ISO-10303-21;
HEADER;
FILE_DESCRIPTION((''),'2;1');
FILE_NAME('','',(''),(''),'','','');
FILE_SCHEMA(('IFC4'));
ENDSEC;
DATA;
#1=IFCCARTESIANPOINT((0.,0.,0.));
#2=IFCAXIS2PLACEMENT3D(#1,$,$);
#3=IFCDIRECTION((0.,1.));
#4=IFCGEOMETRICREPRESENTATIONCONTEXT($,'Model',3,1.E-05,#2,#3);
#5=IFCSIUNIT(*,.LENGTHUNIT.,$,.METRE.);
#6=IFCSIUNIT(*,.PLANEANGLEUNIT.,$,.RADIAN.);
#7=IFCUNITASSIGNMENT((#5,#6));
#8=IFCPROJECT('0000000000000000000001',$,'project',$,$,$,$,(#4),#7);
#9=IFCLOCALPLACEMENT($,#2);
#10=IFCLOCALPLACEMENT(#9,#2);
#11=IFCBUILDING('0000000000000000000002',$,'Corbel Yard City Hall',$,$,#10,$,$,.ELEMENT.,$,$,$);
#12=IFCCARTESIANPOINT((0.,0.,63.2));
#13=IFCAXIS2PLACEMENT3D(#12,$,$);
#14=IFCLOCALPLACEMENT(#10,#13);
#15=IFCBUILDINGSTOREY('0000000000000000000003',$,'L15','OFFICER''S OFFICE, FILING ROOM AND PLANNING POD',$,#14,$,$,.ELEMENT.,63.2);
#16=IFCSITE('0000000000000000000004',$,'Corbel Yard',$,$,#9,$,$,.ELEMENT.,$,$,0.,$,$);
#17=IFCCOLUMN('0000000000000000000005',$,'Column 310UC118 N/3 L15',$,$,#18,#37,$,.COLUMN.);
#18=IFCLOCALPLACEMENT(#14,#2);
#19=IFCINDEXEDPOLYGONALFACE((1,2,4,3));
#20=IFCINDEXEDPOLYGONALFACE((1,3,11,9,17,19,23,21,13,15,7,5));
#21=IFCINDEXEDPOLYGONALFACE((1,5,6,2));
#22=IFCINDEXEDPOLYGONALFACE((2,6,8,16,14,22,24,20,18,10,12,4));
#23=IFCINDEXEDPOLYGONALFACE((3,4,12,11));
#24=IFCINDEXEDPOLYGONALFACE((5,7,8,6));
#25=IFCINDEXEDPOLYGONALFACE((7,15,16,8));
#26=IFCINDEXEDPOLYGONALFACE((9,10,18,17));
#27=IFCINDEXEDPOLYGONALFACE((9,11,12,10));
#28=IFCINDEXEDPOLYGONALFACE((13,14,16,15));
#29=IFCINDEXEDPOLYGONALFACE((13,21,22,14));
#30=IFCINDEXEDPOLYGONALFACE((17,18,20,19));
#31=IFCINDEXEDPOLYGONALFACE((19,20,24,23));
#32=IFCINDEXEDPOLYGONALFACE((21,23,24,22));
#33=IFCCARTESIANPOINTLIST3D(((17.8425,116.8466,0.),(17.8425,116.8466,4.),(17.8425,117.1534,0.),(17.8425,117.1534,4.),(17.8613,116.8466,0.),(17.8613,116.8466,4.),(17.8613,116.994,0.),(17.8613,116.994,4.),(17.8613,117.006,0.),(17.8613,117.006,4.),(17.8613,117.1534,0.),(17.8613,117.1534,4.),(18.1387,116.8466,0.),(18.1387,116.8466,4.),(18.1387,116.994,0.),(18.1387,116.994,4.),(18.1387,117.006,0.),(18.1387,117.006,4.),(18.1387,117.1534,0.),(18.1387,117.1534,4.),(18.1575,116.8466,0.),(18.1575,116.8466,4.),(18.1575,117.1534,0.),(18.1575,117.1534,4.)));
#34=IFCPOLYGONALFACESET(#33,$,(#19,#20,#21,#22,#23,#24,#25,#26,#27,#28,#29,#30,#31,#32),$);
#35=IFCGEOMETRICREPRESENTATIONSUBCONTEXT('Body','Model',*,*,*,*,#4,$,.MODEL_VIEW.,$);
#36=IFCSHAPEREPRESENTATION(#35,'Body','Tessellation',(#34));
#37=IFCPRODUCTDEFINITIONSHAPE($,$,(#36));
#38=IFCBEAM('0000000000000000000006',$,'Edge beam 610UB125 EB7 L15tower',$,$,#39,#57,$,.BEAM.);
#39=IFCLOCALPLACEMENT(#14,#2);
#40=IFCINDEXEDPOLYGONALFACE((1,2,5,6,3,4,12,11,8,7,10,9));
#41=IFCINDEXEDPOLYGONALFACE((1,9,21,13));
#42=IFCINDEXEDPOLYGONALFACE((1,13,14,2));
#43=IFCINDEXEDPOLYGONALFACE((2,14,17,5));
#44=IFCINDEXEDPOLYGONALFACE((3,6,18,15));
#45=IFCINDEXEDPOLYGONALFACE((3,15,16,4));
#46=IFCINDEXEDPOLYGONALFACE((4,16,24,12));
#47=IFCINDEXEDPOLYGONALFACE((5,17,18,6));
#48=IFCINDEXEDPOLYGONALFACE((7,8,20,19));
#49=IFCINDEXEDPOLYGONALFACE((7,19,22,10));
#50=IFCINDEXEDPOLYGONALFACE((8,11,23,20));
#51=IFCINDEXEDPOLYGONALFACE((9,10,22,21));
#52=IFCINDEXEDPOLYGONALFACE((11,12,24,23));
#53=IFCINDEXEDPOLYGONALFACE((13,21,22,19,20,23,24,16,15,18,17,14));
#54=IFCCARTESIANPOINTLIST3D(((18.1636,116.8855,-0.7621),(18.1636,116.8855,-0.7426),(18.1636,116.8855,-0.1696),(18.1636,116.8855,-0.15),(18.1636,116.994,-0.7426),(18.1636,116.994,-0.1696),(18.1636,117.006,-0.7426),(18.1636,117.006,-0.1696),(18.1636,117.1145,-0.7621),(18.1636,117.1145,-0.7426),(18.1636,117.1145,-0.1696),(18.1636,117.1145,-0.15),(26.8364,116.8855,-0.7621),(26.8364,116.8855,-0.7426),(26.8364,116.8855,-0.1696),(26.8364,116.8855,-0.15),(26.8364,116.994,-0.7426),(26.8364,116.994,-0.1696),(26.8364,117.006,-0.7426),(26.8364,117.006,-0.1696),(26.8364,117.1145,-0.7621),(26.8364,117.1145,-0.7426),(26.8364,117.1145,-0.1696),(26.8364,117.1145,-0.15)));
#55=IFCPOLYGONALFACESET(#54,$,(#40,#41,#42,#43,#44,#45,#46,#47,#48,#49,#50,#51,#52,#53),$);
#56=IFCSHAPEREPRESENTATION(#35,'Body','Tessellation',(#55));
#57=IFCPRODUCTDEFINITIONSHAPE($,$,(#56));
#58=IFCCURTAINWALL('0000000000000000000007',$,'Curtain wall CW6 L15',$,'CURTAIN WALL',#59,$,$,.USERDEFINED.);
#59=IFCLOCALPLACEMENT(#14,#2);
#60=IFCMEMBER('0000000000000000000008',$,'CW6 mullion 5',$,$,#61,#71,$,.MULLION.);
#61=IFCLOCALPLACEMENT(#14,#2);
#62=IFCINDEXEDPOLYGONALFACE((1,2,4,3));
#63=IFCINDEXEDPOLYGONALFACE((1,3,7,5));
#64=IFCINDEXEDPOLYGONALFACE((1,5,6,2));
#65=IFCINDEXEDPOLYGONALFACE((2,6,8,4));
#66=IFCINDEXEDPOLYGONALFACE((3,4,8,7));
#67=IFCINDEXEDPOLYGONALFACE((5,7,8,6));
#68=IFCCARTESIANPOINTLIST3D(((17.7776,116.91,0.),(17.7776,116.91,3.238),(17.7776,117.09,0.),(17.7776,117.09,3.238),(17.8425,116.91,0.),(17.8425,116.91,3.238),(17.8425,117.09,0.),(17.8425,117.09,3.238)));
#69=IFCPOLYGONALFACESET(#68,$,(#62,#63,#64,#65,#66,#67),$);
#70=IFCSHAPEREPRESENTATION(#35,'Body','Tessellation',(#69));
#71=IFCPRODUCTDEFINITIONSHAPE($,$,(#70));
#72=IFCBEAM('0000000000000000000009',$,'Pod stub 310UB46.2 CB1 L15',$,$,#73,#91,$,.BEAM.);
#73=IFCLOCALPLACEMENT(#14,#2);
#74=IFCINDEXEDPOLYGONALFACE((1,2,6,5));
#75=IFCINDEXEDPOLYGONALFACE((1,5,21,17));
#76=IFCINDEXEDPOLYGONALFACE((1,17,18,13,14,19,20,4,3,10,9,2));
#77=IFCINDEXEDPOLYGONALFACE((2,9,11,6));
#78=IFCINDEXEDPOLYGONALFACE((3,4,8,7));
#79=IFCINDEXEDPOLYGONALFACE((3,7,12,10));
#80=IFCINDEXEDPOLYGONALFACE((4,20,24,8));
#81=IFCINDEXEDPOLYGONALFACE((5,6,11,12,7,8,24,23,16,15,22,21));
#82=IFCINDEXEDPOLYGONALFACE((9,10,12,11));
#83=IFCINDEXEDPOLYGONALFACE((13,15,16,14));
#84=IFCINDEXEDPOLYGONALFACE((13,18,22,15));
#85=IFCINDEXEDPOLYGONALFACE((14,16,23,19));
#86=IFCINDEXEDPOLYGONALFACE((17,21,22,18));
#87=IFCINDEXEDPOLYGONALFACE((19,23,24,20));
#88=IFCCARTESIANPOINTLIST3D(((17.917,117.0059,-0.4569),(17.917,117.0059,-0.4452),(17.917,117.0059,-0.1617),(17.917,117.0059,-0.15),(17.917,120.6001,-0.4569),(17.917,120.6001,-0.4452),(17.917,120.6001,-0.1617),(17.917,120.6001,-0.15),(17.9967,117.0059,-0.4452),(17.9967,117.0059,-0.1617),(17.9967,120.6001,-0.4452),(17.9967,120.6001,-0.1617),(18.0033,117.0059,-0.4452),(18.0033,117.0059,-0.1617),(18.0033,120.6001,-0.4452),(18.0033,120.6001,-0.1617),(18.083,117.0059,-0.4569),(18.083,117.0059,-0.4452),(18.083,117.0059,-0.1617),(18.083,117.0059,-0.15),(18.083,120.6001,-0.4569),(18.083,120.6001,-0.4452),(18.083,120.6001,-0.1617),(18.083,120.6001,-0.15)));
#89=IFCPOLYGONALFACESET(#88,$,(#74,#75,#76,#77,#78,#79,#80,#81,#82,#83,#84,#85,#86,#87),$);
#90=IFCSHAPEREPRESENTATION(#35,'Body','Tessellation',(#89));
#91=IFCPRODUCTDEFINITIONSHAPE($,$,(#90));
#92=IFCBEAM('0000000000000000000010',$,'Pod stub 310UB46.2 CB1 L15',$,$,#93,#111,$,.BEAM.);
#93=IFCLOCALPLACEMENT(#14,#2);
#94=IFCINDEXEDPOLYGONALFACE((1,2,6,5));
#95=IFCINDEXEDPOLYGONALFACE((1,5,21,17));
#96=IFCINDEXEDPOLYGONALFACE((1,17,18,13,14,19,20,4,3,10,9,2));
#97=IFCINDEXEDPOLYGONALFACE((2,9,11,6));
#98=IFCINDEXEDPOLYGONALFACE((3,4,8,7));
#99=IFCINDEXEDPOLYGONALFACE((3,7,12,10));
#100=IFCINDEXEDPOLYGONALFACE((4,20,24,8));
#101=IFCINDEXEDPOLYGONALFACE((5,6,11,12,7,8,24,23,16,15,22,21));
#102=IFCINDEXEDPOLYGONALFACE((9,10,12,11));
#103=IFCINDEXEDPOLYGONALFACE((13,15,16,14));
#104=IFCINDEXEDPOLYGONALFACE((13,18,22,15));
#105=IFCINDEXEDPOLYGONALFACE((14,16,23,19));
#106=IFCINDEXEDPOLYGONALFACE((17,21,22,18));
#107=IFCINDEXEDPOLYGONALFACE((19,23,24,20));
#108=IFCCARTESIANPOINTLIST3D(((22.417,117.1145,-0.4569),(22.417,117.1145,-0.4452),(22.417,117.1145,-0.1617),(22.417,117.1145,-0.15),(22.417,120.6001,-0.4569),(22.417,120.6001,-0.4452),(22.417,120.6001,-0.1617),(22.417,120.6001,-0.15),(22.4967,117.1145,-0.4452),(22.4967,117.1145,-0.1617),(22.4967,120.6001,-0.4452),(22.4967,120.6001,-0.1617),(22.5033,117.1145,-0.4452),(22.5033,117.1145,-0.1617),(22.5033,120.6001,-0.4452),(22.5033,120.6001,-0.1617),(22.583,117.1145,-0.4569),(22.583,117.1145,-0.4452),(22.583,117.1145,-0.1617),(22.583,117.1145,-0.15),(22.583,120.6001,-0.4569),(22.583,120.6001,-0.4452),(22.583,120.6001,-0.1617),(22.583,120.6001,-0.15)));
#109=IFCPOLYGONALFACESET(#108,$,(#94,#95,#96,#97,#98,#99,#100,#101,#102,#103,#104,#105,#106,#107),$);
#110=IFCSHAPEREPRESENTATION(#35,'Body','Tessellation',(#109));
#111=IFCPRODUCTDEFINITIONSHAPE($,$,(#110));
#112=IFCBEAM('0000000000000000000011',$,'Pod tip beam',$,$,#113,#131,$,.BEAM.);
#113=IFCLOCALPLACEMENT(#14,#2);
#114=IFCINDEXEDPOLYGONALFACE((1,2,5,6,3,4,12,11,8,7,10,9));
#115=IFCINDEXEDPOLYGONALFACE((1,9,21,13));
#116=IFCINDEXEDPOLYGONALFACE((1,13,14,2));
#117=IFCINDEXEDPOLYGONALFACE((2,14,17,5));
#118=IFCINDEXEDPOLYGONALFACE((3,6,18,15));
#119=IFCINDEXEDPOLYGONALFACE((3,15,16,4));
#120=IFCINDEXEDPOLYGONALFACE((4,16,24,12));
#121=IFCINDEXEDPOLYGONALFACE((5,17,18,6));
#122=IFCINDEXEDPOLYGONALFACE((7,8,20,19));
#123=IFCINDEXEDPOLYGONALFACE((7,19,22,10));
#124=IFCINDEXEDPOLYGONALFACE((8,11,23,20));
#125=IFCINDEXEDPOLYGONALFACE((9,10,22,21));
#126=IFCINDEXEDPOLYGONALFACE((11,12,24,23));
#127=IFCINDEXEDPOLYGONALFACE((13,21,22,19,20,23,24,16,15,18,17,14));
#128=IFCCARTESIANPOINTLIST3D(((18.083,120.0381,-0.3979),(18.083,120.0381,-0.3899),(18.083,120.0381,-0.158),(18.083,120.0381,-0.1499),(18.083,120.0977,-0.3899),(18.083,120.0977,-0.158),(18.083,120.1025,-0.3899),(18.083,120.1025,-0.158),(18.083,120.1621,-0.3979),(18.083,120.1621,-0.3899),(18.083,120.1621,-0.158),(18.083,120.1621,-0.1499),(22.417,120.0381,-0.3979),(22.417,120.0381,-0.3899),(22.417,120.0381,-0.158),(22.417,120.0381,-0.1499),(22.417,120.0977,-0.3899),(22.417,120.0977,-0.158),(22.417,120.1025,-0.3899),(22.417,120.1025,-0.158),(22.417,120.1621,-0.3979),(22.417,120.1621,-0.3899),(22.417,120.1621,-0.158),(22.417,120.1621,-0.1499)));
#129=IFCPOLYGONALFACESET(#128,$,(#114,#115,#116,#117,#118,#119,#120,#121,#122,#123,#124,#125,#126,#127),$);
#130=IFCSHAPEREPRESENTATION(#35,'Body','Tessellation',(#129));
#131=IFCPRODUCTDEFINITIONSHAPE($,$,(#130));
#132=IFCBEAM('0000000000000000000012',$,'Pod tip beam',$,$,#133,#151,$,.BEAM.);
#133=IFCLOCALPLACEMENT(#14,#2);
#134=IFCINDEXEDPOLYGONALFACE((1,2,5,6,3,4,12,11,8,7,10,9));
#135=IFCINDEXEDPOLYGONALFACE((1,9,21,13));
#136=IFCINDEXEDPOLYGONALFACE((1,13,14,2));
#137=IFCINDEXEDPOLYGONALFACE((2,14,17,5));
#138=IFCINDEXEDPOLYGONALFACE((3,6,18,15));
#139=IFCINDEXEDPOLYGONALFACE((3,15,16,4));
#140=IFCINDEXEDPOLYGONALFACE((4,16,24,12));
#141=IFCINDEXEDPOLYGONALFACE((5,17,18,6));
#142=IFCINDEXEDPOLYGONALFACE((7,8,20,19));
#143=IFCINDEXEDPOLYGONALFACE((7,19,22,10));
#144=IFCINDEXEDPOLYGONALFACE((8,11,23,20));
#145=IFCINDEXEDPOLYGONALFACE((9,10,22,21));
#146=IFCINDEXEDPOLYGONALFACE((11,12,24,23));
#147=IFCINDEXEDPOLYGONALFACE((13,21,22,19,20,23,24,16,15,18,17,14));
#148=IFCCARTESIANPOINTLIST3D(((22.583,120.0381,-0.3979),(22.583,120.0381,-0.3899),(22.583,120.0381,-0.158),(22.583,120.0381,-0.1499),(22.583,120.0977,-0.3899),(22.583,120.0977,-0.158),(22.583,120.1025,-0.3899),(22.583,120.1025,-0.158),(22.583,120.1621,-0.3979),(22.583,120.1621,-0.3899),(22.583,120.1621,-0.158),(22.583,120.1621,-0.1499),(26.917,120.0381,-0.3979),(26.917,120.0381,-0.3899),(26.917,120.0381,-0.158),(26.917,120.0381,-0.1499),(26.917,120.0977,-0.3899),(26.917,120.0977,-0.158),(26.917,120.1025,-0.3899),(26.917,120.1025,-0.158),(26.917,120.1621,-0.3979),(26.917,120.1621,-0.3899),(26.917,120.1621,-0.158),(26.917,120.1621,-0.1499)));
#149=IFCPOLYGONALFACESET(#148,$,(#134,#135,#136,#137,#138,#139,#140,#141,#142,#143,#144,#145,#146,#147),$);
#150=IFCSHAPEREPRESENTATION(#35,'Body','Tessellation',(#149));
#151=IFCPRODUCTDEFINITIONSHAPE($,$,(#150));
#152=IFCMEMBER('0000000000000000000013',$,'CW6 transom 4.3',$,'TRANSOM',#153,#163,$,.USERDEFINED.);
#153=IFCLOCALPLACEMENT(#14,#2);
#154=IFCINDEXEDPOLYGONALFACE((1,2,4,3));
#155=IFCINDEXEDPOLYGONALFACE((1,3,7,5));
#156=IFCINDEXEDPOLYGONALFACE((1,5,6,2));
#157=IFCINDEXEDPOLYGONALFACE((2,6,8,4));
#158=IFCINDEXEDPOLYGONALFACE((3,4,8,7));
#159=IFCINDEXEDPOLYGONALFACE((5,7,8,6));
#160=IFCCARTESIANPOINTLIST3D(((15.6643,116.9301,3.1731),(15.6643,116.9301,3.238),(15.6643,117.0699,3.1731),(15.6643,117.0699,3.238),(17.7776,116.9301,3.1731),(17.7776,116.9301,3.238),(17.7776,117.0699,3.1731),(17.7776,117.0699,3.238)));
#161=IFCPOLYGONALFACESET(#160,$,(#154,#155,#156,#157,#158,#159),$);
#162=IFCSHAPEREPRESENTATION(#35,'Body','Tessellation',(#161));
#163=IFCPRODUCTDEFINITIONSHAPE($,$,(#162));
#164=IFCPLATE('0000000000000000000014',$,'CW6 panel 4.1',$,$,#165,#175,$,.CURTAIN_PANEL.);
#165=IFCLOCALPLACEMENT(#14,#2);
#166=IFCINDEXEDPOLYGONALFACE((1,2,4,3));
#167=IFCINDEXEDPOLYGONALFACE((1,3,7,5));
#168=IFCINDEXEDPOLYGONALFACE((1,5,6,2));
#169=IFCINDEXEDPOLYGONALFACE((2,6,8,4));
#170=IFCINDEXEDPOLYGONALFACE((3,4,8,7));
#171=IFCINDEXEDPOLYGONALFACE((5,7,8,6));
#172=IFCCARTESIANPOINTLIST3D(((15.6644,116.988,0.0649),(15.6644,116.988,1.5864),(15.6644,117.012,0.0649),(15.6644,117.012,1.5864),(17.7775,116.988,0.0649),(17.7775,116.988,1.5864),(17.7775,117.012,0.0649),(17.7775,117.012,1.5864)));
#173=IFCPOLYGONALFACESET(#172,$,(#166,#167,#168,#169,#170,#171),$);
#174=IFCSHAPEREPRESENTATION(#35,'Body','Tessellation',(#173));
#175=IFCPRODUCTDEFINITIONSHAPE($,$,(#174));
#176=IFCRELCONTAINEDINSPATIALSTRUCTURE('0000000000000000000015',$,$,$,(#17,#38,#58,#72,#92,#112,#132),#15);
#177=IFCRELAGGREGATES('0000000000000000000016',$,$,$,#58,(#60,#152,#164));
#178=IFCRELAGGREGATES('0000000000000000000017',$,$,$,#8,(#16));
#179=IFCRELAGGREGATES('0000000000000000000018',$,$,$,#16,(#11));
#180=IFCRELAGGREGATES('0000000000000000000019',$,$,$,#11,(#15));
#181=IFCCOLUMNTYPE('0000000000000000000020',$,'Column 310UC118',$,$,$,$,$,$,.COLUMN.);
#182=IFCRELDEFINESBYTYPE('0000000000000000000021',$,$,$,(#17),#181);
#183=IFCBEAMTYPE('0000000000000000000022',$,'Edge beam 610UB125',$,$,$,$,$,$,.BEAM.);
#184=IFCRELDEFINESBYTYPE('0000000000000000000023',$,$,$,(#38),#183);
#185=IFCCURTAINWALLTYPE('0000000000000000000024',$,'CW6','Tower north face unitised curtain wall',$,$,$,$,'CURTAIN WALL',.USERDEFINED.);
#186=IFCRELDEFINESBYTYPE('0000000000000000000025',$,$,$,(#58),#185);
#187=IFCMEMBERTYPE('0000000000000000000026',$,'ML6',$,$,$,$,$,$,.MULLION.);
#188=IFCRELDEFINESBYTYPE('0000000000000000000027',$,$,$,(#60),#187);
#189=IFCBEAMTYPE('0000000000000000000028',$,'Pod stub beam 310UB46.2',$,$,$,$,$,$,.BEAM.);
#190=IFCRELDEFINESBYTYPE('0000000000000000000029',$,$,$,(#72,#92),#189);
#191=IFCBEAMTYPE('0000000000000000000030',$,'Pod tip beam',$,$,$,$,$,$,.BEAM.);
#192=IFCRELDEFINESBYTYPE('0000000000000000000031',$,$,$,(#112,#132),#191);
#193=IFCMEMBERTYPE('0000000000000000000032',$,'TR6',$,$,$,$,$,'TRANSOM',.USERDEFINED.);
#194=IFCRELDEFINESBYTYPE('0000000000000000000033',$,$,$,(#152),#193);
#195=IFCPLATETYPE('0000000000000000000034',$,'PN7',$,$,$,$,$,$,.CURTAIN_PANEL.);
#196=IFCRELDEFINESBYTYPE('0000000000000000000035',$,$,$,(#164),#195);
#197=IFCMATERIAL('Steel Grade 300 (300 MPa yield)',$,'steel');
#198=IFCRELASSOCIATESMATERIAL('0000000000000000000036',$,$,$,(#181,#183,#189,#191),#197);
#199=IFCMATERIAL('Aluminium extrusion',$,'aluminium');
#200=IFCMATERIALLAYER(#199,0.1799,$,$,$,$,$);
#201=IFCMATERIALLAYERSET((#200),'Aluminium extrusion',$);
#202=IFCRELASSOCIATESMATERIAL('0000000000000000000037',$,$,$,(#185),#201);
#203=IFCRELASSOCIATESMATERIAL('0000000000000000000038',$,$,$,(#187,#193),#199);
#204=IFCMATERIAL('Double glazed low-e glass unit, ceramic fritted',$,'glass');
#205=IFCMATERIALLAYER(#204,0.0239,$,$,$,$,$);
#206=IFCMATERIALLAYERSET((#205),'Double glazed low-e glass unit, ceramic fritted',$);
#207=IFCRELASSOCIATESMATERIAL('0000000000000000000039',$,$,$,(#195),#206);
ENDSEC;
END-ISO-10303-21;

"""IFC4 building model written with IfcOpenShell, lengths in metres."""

from ifc_helpers import new_model, si_unit, direction, frame, origin, origin_2d, place, context, subcontext, project, spatial, rectangle, i_section, extrude, material, layer, layer_set, material_profile, profile_set, type_object, element, aggregate, save


model = new_model("IFC4")

# Units and contexts
model_context = context("Model", 3, precision=1e-05, world=origin(), true_north=direction((0.0, 1.0)))
body_context = subcontext(model_context, "Body", "Model", "MODEL_VIEW")
ifc_project = project(units=[si_unit("LENGTHUNIT", "METRE"), si_unit("PLANEANGLEUNIT", "RADIAN")], contexts=[model_context])

# Site, building, storey
site_placement = place(None, origin())
site = spatial("IfcSite", under=ifc_project, at=site_placement, Name="Corbel Yard", CompositionType="ELEMENT", RefElevation=0.0)
building_placement = place(site_placement, origin())
building = spatial("IfcBuilding", under=site, at=building_placement, Name="Corbel Yard City Hall", CompositionType="ELEMENT")
storey_placement = place(building_placement, frame((0.0, 0.0, 63.2)))
storey = spatial("IfcBuildingStorey", under=building, at=storey_placement, Name="L15", Description="OFFICER'S OFFICE, FILING ROOM AND PLANNING POD", CompositionType="ELEMENT", Elevation=63.2)

# Column
ifc_material_1 = material(Name="Steel Grade 300 (300 MPa yield)", Category="steel")
ifc_material_profile_1 = material_profile(ifc_material_1, i_section(OverallWidth=0.3069, OverallDepth=0.3149, WebThickness=0.012, FlangeThickness=0.0188, at=origin_2d()), Name="310UC118")
ifc_profile_set_1 = profile_set([ifc_material_profile_1], Name="Steel Grade 300 (300 MPa yield)")
column_type = type_object("IfcColumnType", Name="Column 310UC118", PredefinedType="COLUMN", material=ifc_profile_set_1)
column_placement = place(storey_placement, frame((18.0, 117.0, 0.0), z_axis=(0.0, 0.0, 1.0), x_axis=(0.0, 1.0, 0.0)))
element("IfcColumn", 1, at=column_placement, inside=storey, type_object=column_type, Name="Column 310UC118 N/3 L15", PredefinedType="COLUMN", context=body_context, shape_type="SweptSolid", body=[
    extrude(i_section(OverallWidth=0.3069, OverallDepth=0.3149, WebThickness=0.012, FlangeThickness=0.0188, at=origin_2d()), origin(), (0.0, 0.0, 1.0), 4.0),
])

# Beam
ifc_material_profile_2 = material_profile(ifc_material_1, i_section(OverallWidth=0.229, OverallDepth=0.6121, WebThickness=0.012, FlangeThickness=0.0195, at=origin_2d()), Name="610UB125")
ifc_profile_set_2 = profile_set([ifc_material_profile_2], Name="Steel Grade 300 (300 MPa yield)")
beam_type_1 = type_object("IfcBeamType", Name="Edge beam 610UB125", PredefinedType="BEAM", material=ifc_profile_set_2)
beam_1_placement = place(storey_placement, frame((18.1636, 117.0, -0.4561), z_axis=(1.0, 0.0, 0.0), x_axis=(0.0, 1.0, 0.0)))
element("IfcBeam", 2, at=beam_1_placement, inside=storey, type_object=beam_type_1, Name="Edge beam 610UB125 EB7 L15tower", PredefinedType="BEAM", context=body_context, shape_type="SweptSolid", body=[
    extrude(i_section(OverallWidth=0.229, OverallDepth=0.6121, WebThickness=0.012, FlangeThickness=0.0195, at=origin_2d()), origin(), (0.0, 0.0, 1.0), 8.6729),
])

# Curtain wall, member
ifc_material_2 = material(Name="Aluminium extrusion", Category="aluminium")
ifc_layer_1 = layer(ifc_material_2, 0.1799)
ifc_layer_set_1 = layer_set([ifc_layer_1], Name="Aluminium extrusion")
curtain_wall_type = type_object("IfcCurtainWallType", Name="CW6", Description="Tower north face unitised curtain wall", ElementType="CURTAIN WALL", PredefinedType="USERDEFINED", material=ifc_layer_set_1)
curtain_wall_placement = place(storey_placement, origin())
curtain_wall = element("IfcCurtainWall", 3, at=curtain_wall_placement, inside=storey, type_object=curtain_wall_type, Name="Curtain wall CW6 L15", ObjectType="CURTAIN WALL", PredefinedType="USERDEFINED")
ifc_material_profile_3 = material_profile(ifc_material_2, rectangle(XDim=0.1799, YDim=0.0649, at=origin_2d()), Name="180x65")
ifc_profile_set_3 = profile_set([ifc_material_profile_3], Name="Aluminium extrusion")
member_type_1 = type_object("IfcMemberType", Name="ML6", PredefinedType="MULLION", material=ifc_profile_set_3)
member_1_placement = place(storey_placement, frame((17.8101, 117.0, 0.0), z_axis=(0.0, 0.0, 1.0), x_axis=(0.0, 1.0, 0.0)))
member_1 = element("IfcMember", 4, at=member_1_placement, type_object=member_type_1, Name="CW6 mullion 5", PredefinedType="MULLION", context=body_context, shape_type="SweptSolid", body=[
    extrude(rectangle(XDim=0.1799, YDim=0.0649, at=origin_2d()), origin(), (0.0, 0.0, 1.0), 3.238),
])

# Beams
ifc_material_profile_4 = material_profile(ifc_material_1, i_section(OverallWidth=0.166, OverallDepth=0.3069, WebThickness=0.0066, FlangeThickness=0.0117, at=origin_2d()), Name="310UB46.2")
ifc_profile_set_4 = profile_set([ifc_material_profile_4], Name="Steel Grade 300 (300 MPa yield)")
beam_type_2 = type_object("IfcBeamType", Name="Pod stub beam 310UB46.2", PredefinedType="BEAM", material=ifc_profile_set_4)
beam_2_placement = place(storey_placement, frame((18.0, 117.0059, -0.3035), z_axis=(0.0, 1.0, 0.0), x_axis=(-1.0, 0.0, 0.0)))
element("IfcBeam", 5, at=beam_2_placement, inside=storey, type_object=beam_type_2, Name="Pod stub 310UB46.2 CB1 L15", PredefinedType="BEAM", context=body_context, shape_type="SweptSolid", body=[
    extrude(i_section(OverallWidth=0.166, OverallDepth=0.3069, WebThickness=0.0066, FlangeThickness=0.0117, at=origin_2d()), origin(), (0.0, 0.0, 1.0), 3.5942),
])
beam_3_placement = place(storey_placement, frame((22.5, 117.1145, -0.3035), z_axis=(0.0, 1.0, 0.0), x_axis=(-1.0, 0.0, 0.0)))
element("IfcBeam", 6, at=beam_3_placement, inside=storey, type_object=beam_type_2, Name="Pod stub 310UB46.2 CB1 L15", PredefinedType="BEAM", context=body_context, shape_type="SweptSolid", body=[
    extrude(i_section(OverallWidth=0.166, OverallDepth=0.3069, WebThickness=0.0066, FlangeThickness=0.0117, at=origin_2d()), origin(), (0.0, 0.0, 1.0), 3.4856),
])
ifc_material_profile_5 = material_profile(ifc_material_1, i_section(OverallWidth=0.124, OverallDepth=0.248, WebThickness=0.0049, FlangeThickness=0.0081, at=origin_2d()), Name="250UB25.7")
ifc_profile_set_5 = profile_set([ifc_material_profile_5], Name="Steel Grade 300 (300 MPa yield)")
beam_type_3 = type_object("IfcBeamType", Name="Pod tip beam", PredefinedType="BEAM", material=ifc_profile_set_5)
for number, where, z_axis, x_axis, name in (
    (7, (18.083, 120.1001, -0.2739), (1.0, 0.0, 0.0), (0.0, 1.0, 0.0), "Pod tip beam"),
    (8, (22.583, 120.1001, -0.2739), (1.0, 0.0, 0.0), (0.0, 1.0, 0.0), "Pod tip beam"),
):
    element("IfcBeam", number, at=place(storey_placement, frame(where, z_axis=z_axis, x_axis=x_axis)), inside=storey, type_object=beam_type_3, Name=name, PredefinedType="BEAM", context=body_context, shape_type="SweptSolid", body=[
        extrude(i_section(OverallWidth=0.124, OverallDepth=0.248, WebThickness=0.0049, FlangeThickness=0.0081, at=origin_2d()), origin(), (0.0, 0.0, 1.0), 4.334),
    ])

# Member
ifc_material_profile_6 = material_profile(ifc_material_2, rectangle(XDim=0.1399, YDim=0.0649, at=origin_2d()), Name="140x65")
ifc_profile_set_6 = profile_set([ifc_material_profile_6], Name="Aluminium extrusion")
member_type_2 = type_object("IfcMemberType", Name="TR6", ElementType="TRANSOM", PredefinedType="USERDEFINED", material=ifc_profile_set_6)
member_2_placement = place(storey_placement, frame((15.6643, 117.0, 3.2056), z_axis=(1.0, 0.0, 0.0), x_axis=(0.0, 1.0, 0.0)))
member_2 = element("IfcMember", 9, at=member_2_placement, type_object=member_type_2, Name="CW6 transom 4.3", ObjectType="TRANSOM", PredefinedType="USERDEFINED", context=body_context, shape_type="SweptSolid", body=[
    extrude(rectangle(XDim=0.1399, YDim=0.0649, at=origin_2d()), origin(), (0.0, 0.0, 1.0), 2.1133),
])

# Plate
ifc_material_3 = material(Name="Double glazed low-e glass unit, ceramic fritted", Category="glass")
ifc_layer_2 = layer(ifc_material_3, 0.0239)
ifc_layer_set_2 = layer_set([ifc_layer_2], Name="Double glazed low-e glass unit, ceramic fritted")
plate_type = type_object("IfcPlateType", Name="PN7", PredefinedType="CURTAIN_PANEL", material=ifc_layer_set_2)
plate_1_placement = place(storey_placement, frame((16.7209, 117.0, 0.0649), z_axis=(0.0, 0.0, 1.0), x_axis=(1.0, 0.0, 0.0)))
plate_1 = element("IfcPlate", 10, at=plate_1_placement, type_object=plate_type, Name="CW6 panel 4.1", PredefinedType="CURTAIN_PANEL", context=body_context, shape_type="SweptSolid", body=[
    extrude(rectangle(XDim=2.113, YDim=0.0239, at=origin_2d()), origin(), (0.0, 0.0, 1.0), 1.5215),
])
aggregate(curtain_wall, [member_1, member_2, plate_1])

save(model, "model.ifc")
